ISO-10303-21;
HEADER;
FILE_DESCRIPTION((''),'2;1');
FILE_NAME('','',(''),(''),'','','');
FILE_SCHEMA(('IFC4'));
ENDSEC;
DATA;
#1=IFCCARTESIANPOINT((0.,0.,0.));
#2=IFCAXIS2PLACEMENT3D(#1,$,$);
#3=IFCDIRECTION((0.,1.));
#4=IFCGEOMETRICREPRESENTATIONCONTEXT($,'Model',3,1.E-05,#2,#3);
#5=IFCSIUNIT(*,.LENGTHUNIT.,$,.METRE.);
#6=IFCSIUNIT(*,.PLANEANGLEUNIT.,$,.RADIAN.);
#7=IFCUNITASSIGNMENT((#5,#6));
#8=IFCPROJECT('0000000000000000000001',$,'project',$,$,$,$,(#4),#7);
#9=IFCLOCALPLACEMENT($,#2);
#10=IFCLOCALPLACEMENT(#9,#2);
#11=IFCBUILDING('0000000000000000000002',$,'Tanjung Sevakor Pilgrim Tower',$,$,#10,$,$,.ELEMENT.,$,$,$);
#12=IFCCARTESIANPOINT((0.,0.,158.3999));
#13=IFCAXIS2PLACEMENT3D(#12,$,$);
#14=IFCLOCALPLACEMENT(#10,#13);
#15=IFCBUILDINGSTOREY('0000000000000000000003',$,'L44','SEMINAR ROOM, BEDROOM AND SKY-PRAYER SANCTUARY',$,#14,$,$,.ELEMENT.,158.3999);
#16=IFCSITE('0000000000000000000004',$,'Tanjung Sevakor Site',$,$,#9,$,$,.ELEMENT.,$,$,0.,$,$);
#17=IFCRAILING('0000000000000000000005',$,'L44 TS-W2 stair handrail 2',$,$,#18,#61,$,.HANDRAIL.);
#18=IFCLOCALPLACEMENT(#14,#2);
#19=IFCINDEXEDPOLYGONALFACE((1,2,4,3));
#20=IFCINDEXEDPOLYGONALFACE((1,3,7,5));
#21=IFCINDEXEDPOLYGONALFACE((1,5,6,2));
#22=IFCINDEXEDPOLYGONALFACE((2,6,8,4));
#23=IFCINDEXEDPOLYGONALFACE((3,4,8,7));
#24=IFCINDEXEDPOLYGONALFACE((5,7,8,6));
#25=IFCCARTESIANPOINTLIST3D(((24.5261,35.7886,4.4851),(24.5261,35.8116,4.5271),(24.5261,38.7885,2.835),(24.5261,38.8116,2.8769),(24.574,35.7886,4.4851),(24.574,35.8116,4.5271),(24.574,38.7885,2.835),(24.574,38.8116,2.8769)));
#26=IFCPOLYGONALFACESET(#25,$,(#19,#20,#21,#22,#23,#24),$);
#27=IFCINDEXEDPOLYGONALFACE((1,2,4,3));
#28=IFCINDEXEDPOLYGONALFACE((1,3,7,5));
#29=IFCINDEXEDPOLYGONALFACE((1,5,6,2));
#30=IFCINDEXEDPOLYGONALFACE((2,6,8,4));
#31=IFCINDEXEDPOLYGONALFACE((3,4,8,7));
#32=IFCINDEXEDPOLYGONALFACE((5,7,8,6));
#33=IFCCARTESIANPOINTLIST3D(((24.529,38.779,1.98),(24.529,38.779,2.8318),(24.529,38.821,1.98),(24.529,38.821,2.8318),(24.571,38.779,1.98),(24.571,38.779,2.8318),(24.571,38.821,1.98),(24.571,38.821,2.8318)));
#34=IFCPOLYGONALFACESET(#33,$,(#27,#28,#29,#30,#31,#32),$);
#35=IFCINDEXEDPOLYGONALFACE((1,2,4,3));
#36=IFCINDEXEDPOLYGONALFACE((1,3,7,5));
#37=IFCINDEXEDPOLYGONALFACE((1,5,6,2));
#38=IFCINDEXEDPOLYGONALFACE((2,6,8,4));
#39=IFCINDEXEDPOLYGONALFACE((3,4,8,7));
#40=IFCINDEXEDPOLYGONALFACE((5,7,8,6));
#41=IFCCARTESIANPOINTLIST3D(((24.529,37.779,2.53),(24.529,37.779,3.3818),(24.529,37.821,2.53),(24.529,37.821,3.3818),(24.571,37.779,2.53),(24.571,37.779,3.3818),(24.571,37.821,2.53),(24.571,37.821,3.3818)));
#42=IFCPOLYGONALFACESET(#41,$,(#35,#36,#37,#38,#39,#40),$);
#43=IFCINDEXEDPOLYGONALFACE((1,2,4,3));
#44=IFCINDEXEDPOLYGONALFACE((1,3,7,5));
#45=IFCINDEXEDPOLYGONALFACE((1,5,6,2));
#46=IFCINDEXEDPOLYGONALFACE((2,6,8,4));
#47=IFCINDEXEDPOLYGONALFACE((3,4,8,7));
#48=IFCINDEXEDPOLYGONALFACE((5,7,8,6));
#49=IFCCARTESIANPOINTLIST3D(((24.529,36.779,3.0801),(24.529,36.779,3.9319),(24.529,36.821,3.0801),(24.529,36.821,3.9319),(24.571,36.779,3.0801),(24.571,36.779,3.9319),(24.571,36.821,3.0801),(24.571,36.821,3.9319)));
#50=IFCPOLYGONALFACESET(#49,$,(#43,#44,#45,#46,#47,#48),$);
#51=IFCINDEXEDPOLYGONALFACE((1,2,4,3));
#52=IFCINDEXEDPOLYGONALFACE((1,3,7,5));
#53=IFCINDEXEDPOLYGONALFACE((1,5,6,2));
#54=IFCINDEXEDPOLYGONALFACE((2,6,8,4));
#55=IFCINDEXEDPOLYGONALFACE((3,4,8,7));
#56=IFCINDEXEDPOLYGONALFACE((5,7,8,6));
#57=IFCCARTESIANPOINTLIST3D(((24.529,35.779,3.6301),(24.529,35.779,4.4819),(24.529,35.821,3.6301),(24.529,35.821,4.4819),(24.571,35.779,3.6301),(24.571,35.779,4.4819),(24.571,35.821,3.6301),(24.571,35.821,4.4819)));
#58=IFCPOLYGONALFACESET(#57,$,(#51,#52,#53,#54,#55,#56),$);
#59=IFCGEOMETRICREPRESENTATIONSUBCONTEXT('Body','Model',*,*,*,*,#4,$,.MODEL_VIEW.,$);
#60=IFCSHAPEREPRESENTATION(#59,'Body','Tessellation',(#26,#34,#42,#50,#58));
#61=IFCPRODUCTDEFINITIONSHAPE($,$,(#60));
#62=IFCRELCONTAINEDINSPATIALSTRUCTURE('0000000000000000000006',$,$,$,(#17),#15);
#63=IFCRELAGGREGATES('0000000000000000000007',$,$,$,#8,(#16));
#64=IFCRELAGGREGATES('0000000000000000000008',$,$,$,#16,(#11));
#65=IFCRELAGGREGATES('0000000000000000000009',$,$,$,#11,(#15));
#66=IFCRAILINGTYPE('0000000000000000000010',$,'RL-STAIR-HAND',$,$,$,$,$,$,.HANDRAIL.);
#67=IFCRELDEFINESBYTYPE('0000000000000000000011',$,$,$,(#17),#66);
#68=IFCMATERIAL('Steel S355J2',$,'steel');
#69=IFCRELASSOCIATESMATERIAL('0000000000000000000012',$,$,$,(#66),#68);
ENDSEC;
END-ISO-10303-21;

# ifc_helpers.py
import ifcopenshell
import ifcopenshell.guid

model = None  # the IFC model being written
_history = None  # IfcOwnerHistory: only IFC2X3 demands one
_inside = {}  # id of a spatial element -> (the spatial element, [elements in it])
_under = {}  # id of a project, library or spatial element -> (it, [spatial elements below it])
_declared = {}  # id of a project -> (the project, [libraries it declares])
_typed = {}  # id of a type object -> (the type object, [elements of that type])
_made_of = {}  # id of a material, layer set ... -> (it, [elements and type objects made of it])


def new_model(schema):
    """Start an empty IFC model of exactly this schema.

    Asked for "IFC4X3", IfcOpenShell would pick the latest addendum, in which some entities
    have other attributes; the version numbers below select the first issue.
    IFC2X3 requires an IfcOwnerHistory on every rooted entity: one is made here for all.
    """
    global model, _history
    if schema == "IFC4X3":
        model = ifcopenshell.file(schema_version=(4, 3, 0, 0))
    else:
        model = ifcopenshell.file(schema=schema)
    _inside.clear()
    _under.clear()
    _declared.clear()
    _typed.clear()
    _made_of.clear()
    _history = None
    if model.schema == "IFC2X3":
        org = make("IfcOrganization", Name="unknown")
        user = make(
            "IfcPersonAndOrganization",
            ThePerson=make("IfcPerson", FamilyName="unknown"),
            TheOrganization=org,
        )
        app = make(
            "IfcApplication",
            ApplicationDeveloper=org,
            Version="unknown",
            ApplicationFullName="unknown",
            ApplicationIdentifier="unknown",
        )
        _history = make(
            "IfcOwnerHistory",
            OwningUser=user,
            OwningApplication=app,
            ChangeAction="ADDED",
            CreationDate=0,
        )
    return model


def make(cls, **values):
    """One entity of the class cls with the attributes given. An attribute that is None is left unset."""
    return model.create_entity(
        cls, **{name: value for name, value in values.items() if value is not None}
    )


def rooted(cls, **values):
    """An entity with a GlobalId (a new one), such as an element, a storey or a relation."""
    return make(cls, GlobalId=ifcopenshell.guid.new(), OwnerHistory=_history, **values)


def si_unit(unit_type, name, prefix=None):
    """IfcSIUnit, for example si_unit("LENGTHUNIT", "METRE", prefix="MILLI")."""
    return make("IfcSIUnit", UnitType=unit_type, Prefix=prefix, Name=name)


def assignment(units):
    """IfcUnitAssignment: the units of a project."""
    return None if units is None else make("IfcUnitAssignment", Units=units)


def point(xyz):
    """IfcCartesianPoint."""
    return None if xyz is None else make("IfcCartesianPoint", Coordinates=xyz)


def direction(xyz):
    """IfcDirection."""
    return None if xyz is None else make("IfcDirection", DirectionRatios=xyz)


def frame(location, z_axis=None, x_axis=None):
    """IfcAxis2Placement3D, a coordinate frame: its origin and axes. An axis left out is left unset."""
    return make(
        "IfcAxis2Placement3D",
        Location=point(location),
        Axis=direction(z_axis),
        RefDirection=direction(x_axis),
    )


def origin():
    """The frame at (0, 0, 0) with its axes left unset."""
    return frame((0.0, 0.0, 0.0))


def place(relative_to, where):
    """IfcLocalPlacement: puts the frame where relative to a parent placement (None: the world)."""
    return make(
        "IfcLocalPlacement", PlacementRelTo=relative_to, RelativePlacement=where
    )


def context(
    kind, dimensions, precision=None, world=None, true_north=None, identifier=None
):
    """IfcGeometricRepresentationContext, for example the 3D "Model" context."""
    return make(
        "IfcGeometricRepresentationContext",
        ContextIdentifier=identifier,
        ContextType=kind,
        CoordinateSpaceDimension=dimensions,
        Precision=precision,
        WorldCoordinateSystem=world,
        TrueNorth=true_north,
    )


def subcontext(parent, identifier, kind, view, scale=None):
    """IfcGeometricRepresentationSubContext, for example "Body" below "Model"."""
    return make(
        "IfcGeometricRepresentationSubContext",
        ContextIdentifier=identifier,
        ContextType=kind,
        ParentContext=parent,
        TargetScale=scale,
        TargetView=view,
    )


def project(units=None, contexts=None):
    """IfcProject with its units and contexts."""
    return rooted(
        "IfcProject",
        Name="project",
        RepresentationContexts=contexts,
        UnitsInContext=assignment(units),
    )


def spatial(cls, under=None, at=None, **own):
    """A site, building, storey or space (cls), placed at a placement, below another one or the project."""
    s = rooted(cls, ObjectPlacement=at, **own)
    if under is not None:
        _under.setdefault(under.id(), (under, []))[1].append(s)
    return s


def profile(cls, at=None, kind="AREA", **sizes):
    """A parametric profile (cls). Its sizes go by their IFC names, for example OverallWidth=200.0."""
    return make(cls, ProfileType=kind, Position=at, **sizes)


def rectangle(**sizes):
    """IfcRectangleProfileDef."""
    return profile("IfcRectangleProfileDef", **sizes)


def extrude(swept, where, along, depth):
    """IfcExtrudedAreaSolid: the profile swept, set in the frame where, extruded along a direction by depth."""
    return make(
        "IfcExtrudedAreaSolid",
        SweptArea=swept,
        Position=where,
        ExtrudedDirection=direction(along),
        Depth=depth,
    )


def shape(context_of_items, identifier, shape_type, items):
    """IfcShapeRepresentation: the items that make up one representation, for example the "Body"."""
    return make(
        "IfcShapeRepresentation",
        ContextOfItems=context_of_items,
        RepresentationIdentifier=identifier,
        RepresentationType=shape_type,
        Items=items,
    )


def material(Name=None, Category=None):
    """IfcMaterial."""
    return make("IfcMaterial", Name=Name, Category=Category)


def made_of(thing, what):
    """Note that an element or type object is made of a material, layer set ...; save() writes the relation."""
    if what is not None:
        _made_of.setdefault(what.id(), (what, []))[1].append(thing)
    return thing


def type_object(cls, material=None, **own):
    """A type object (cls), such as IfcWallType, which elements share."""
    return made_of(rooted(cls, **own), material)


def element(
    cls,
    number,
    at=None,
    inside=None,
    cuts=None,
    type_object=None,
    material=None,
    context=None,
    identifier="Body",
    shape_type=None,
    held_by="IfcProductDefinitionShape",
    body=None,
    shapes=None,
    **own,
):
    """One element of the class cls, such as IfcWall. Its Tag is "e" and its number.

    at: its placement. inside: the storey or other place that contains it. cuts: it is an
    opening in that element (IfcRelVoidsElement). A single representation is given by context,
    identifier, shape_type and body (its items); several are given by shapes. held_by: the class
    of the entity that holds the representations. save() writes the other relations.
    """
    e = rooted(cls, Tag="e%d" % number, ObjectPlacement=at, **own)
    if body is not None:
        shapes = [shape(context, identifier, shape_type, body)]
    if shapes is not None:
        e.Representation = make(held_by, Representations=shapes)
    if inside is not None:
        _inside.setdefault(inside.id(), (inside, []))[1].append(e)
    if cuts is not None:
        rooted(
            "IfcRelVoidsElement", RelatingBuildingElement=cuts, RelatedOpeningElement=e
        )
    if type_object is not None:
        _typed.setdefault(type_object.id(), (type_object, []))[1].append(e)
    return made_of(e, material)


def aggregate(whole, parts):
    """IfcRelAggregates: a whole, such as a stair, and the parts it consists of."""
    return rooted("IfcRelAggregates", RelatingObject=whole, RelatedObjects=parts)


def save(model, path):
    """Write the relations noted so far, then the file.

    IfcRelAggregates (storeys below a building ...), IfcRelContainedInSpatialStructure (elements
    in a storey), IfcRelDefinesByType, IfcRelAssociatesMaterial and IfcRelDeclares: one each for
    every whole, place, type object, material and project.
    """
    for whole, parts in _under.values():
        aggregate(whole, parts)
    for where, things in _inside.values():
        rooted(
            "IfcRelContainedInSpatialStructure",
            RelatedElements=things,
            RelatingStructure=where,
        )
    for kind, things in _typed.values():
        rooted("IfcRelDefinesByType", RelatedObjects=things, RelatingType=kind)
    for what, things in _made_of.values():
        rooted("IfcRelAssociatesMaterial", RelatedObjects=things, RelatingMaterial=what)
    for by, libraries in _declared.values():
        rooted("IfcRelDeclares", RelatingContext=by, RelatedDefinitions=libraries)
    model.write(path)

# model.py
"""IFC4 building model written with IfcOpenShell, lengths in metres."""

from ifc_helpers import new_model, si_unit, direction, frame, origin, place, context, subcontext, project, spatial, rectangle, extrude, material, type_object, element, save


model = new_model("IFC4")

# Units and contexts
model_context = context("Model", 3, precision=1e-05, world=origin(), true_north=direction((0.0, 1.0)))
body_context = subcontext(model_context, "Body", "Model", "MODEL_VIEW")
ifc_project = project(units=[si_unit("LENGTHUNIT", "METRE"), si_unit("PLANEANGLEUNIT", "RADIAN")], contexts=[model_context])

# Site, building, storey
site_placement = place(None, origin())
site = spatial("IfcSite", under=ifc_project, at=site_placement, Name="Tanjung Sevakor Site", CompositionType="ELEMENT", RefElevation=0.0)
building_placement = place(site_placement, origin())
building = spatial("IfcBuilding", under=site, at=building_placement, Name="Tanjung Sevakor Pilgrim Tower", CompositionType="ELEMENT")
storey_placement = place(building_placement, frame((0.0, 0.0, 158.3999)))
storey = spatial("IfcBuildingStorey", under=building, at=storey_placement, Name="L44", Description="SEMINAR ROOM, BEDROOM AND SKY-PRAYER SANCTUARY", CompositionType="ELEMENT", Elevation=158.3999)

# Railing
ifc_material_1 = material(Name="Steel S355J2", Category="steel")
railing_type_1 = type_object("IfcRailingType", Name="RL-STAIR-HAND", PredefinedType="HANDRAIL", material=ifc_material_1)
railing_1_placement = place(storey_placement, frame((24.55, 38.8, 1.98)))
element("IfcRailing", 1, at=railing_1_placement, inside=storey, type_object=railing_type_1, Name="L44 TS-W2 stair handrail 2", PredefinedType="HANDRAIL", context=body_context, shape_type="SweptSolid", body=[
    extrude(rectangle(XDim=0.0479, YDim=0.0479), frame((0.0, 0.0, 0.876), z_axis=(0.0, -0.876198, 0.481952), x_axis=(1.0, 0.0, 0.0)), (0.0, 0.0, 1.0), 3.4238),
    extrude(rectangle(XDim=0.042, YDim=0.042), origin(), (0.0, 0.0, 1.0), 0.8518),
    extrude(rectangle(XDim=0.042, YDim=0.042), frame((0.0, -1.0, 0.55)), (0.0, 0.0, 1.0), 0.8518),
    extrude(rectangle(XDim=0.042, YDim=0.042), frame((0.0, -2.0, 1.1001)), (0.0, 0.0, 1.0), 0.8518),
    extrude(rectangle(XDim=0.042, YDim=0.042), frame((0.0, -3.0, 1.6501)), (0.0, 0.0, 1.0), 0.8518),
])

save(model, "model.ifc")
